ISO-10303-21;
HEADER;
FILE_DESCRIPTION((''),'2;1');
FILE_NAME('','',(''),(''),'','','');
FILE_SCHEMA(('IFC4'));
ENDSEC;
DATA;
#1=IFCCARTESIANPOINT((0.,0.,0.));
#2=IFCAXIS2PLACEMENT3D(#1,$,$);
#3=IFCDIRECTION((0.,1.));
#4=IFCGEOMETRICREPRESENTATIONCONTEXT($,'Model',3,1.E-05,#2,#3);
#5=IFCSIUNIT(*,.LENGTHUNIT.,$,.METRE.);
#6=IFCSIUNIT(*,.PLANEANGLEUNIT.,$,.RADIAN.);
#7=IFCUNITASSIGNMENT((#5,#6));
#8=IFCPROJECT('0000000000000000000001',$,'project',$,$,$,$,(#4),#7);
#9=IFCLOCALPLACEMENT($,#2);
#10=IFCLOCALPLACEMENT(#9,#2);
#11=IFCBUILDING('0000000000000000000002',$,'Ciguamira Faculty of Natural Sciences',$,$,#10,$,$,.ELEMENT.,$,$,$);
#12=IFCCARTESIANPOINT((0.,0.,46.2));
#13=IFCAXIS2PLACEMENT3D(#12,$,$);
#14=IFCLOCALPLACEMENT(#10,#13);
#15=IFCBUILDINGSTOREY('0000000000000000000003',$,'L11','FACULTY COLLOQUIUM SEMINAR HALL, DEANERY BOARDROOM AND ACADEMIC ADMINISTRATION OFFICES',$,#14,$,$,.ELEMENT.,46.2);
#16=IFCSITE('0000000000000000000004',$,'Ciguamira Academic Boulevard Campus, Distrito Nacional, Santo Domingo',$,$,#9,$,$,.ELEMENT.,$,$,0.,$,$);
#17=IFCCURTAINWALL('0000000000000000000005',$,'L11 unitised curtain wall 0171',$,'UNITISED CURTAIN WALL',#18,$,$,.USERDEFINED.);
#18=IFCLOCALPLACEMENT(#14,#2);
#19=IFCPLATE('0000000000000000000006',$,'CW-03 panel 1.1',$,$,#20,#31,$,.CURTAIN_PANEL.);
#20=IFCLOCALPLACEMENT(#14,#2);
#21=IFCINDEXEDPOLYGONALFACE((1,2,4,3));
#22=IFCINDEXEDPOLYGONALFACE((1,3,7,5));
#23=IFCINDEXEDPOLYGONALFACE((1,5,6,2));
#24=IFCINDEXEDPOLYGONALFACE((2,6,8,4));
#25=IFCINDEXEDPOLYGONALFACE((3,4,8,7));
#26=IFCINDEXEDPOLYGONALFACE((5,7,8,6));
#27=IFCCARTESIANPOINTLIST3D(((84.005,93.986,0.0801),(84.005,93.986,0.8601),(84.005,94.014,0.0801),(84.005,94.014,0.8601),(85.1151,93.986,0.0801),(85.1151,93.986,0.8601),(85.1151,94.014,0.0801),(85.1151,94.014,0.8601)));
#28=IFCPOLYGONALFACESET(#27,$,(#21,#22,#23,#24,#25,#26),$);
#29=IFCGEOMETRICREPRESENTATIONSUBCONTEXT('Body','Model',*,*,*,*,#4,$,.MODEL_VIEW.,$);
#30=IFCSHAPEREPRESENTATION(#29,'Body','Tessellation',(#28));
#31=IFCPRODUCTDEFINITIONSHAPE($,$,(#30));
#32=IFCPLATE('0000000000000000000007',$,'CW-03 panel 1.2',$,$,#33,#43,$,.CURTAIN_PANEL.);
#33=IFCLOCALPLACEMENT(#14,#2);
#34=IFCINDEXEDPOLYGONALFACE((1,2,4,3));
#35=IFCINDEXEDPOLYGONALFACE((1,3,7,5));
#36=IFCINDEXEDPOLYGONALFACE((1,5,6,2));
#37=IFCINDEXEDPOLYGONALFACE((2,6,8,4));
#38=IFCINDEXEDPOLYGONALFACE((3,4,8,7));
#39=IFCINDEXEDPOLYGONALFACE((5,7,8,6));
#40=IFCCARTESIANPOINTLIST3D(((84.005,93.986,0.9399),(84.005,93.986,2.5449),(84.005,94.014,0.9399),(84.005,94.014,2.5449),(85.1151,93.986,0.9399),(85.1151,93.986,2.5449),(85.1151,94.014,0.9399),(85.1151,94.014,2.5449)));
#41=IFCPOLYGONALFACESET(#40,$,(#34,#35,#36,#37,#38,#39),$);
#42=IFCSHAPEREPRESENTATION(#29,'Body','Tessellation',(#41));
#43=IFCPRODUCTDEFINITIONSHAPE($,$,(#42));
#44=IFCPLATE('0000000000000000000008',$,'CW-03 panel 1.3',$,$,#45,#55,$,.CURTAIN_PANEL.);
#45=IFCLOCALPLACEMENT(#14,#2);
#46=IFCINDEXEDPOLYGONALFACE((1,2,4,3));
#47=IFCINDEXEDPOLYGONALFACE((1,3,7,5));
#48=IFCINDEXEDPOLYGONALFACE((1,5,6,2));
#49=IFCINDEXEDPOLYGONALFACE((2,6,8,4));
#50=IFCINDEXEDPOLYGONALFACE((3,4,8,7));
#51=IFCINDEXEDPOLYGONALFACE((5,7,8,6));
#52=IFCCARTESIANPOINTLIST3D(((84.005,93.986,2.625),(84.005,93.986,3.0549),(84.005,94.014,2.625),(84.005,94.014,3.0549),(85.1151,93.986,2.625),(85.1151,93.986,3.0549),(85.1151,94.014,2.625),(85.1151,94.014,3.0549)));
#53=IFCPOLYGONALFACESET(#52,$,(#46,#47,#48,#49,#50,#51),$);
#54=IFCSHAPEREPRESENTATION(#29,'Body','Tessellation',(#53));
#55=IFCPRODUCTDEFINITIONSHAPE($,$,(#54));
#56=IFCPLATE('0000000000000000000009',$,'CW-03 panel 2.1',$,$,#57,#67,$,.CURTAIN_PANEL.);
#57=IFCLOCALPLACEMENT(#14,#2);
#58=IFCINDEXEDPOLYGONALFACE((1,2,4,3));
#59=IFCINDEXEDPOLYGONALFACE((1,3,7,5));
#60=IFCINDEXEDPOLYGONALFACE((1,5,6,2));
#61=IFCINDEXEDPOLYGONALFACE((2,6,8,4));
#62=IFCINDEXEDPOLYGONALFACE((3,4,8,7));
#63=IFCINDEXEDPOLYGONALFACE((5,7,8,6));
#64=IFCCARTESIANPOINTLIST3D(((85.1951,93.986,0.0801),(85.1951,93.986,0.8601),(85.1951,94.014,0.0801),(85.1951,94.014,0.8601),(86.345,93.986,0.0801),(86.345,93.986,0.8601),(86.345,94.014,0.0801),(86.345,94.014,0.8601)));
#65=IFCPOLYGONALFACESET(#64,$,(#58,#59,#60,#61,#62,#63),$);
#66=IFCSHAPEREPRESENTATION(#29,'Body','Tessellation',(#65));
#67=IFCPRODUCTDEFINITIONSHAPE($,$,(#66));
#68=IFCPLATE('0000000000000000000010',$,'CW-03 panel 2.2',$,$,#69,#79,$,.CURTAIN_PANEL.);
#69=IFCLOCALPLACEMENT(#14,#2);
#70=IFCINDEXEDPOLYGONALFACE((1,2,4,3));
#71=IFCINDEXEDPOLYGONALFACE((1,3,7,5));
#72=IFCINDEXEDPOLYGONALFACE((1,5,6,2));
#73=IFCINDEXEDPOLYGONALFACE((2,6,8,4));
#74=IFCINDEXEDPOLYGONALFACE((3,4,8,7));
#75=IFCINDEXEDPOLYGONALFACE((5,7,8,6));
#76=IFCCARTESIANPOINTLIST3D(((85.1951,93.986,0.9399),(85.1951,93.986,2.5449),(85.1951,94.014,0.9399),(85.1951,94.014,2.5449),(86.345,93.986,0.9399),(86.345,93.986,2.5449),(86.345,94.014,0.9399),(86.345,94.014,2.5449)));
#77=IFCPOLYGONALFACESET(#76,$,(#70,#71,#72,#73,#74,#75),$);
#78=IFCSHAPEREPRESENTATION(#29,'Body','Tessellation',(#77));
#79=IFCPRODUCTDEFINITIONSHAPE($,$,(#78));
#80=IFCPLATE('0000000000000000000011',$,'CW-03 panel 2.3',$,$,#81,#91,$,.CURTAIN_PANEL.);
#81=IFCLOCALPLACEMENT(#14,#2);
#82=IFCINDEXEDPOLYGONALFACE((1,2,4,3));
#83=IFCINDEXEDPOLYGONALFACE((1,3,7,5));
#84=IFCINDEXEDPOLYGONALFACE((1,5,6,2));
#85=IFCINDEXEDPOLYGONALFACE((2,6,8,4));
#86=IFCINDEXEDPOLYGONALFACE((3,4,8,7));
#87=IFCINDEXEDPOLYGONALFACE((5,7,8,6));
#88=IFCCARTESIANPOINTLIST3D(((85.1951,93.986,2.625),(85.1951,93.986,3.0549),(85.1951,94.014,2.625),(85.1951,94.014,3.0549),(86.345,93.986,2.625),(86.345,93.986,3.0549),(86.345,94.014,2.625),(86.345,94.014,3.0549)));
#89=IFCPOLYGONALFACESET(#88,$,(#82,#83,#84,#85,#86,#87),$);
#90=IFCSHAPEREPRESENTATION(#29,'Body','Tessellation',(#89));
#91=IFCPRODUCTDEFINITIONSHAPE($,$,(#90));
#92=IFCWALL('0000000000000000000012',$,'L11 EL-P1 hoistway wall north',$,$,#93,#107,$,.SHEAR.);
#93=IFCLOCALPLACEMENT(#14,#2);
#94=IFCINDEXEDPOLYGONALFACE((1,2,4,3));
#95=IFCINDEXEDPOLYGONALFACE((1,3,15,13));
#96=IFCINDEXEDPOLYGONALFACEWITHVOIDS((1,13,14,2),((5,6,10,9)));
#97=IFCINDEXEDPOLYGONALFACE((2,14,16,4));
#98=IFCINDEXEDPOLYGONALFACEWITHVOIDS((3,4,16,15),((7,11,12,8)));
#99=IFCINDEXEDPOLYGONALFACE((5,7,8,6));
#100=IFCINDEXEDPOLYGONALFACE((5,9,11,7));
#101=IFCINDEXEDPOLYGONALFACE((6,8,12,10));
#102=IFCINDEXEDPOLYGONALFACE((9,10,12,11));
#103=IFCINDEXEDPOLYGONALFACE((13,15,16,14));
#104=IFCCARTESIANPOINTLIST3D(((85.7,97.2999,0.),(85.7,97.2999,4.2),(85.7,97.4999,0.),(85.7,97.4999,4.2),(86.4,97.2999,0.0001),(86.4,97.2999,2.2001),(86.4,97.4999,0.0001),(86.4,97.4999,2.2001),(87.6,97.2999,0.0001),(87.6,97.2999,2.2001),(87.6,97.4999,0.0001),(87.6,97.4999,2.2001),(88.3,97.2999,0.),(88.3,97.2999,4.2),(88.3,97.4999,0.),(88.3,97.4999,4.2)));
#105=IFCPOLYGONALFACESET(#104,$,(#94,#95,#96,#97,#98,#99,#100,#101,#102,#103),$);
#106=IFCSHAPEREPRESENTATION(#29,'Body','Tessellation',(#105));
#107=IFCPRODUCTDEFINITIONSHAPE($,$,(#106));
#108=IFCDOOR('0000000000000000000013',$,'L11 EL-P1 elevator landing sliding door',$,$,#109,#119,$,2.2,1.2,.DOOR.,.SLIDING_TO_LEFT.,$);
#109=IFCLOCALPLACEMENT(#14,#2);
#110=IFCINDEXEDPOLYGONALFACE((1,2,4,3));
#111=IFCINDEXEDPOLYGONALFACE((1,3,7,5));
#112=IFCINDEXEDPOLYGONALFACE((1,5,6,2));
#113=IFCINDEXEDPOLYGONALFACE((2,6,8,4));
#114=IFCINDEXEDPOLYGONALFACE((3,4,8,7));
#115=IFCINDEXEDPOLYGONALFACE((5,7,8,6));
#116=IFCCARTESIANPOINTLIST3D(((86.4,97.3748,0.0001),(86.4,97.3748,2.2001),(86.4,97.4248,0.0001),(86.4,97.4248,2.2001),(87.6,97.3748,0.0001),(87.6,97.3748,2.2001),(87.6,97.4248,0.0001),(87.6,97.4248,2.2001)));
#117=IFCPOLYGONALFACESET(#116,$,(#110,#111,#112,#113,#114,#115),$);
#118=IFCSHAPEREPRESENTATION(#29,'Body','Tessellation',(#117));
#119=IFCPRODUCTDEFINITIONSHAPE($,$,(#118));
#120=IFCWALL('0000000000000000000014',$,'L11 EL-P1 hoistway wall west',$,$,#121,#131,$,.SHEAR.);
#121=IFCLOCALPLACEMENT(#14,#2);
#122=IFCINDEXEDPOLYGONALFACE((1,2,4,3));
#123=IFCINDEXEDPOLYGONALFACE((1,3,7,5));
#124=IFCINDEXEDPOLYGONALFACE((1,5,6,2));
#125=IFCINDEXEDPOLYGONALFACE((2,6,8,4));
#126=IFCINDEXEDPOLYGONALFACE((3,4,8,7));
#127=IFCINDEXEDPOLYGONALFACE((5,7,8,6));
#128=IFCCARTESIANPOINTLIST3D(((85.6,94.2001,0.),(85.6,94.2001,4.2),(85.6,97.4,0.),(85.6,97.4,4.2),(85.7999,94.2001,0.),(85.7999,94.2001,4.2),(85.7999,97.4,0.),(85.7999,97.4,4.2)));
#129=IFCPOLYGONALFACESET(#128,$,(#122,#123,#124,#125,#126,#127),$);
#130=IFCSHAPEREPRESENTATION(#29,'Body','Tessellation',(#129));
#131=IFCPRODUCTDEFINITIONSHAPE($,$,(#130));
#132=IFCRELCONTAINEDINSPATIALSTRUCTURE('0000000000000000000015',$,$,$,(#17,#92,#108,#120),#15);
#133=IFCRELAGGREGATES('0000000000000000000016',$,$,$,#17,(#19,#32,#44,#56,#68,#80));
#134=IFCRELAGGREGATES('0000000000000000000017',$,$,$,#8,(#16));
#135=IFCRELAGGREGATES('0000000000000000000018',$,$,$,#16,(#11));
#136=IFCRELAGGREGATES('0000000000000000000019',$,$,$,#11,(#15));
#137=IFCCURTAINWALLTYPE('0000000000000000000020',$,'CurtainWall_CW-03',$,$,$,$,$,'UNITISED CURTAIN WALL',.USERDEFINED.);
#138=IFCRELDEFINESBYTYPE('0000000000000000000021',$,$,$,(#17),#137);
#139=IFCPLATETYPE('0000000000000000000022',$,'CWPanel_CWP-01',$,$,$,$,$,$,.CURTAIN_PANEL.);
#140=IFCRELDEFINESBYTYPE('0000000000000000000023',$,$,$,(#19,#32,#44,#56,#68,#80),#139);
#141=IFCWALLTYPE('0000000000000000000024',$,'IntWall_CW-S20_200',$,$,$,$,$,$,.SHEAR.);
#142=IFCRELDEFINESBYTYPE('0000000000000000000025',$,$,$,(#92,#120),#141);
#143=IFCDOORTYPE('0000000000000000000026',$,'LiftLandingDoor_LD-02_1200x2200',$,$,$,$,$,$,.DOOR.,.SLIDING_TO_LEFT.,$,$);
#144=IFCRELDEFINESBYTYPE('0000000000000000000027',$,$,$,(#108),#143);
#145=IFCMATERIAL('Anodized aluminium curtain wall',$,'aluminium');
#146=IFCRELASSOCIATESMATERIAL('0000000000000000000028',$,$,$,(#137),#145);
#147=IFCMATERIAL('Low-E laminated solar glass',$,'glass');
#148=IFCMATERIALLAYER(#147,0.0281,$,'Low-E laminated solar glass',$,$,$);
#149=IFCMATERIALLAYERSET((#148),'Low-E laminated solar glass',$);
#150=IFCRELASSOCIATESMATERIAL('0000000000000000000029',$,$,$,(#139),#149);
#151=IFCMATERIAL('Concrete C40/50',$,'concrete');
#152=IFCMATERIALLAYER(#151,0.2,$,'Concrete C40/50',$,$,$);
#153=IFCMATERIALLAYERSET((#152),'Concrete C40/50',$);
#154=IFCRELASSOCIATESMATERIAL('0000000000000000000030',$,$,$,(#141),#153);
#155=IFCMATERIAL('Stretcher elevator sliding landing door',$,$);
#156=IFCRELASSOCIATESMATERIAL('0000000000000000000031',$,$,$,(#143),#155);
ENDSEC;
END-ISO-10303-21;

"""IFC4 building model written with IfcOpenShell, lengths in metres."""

from ifc_helpers import new_model, si_unit, direction, frame, frame_2d, origin, origin_2d, place, context, subcontext, project, spatial, rectangle, extrude, material, layer, layer_set, type_object, element, fill, aggregate, save


model = new_model("IFC4")

# Units and contexts
model_context = context("Model", 3, precision=1e-05, world=origin(), true_north=direction((0.0, 1.0)))
body_context = subcontext(model_context, "Body", "Model", "MODEL_VIEW")
ifc_project = project(units=[si_unit("LENGTHUNIT", "METRE"), si_unit("PLANEANGLEUNIT", "RADIAN")], contexts=[model_context])

# Site, building, storey
site_placement = place(None, origin())
site = spatial("IfcSite", under=ifc_project, at=site_placement, Name="Ciguamira Academic Boulevard Campus, Distrito Nacional, Santo Domingo", CompositionType="ELEMENT", RefElevation=0.0)
building_placement = place(site_placement, origin())
building = spatial("IfcBuilding", under=site, at=building_placement, Name="Ciguamira Faculty of Natural Sciences", CompositionType="ELEMENT")
storey_placement = place(building_placement, frame((0.0, 0.0, 46.2)))
storey = spatial("IfcBuildingStorey", under=building, at=storey_placement, Name="L11", Description="FACULTY COLLOQUIUM SEMINAR HALL, DEANERY BOARDROOM AND ACADEMIC ADMINISTRATION OFFICES", CompositionType="ELEMENT", Elevation=46.2)

# Curtain wall, plates
ifc_material_1 = material(Name="Anodized aluminium curtain wall", Category="aluminium")
curtain_wall_type = type_object("IfcCurtainWallType", Name="CurtainWall_CW-03", ElementType="UNITISED CURTAIN WALL", PredefinedType="USERDEFINED", material=ifc_material_1)
curtain_wall_placement = place(storey_placement, origin())
curtain_wall = element("IfcCurtainWall", 1, at=curtain_wall_placement, inside=storey, type_object=curtain_wall_type, Name="L11 unitised curtain wall 0171", ObjectType="UNITISED CURTAIN WALL", PredefinedType="USERDEFINED")
ifc_material_2 = material(Name="Low-E laminated solar glass", Category="glass")
ifc_layer_1 = layer(ifc_material_2, 0.0281, Name="Low-E laminated solar glass")
ifc_layer_set_1 = layer_set([ifc_layer_1], Name="Low-E laminated solar glass")
plate_type = type_object("IfcPlateType", Name="CWPanel_CWP-01", PredefinedType="CURTAIN_PANEL", material=ifc_layer_set_1)
plate_1_placement = place(storey_placement, frame((84.5601, 94.0, 0.0801), z_axis=(0.0, 0.0, 1.0), x_axis=(1.0, 0.0, 0.0)))
plate_1 = element("IfcPlate", 2, at=plate_1_placement, type_object=plate_type, Name="CW-03 panel 1.1", PredefinedType="CURTAIN_PANEL", context=body_context, shape_type="SweptSolid", body=[
    extrude(rectangle(XDim=1.1101, YDim=0.0281, at=origin_2d()), origin(), (0.0, 0.0, 1.0), 0.78),
])
plate_2_placement = place(storey_placement, frame((84.5601, 94.0, 0.9399), z_axis=(0.0, 0.0, 1.0), x_axis=(1.0, 0.0, 0.0)))
plate_2 = element("IfcPlate", 3, at=plate_2_placement, type_object=plate_type, Name="CW-03 panel 1.2", PredefinedType="CURTAIN_PANEL", context=body_context, shape_type="SweptSolid", body=[
    extrude(rectangle(XDim=1.1101, YDim=0.0281, at=origin_2d()), origin(), (0.0, 0.0, 1.0), 1.605),
])
plate_3_placement = place(storey_placement, frame((84.5601, 94.0, 2.625), z_axis=(0.0, 0.0, 1.0), x_axis=(1.0, 0.0, 0.0)))
plate_3 = element("IfcPlate", 4, at=plate_3_placement, type_object=plate_type, Name="CW-03 panel 1.3", PredefinedType="CURTAIN_PANEL", context=body_context, shape_type="SweptSolid", body=[
    extrude(rectangle(XDim=1.1101, YDim=0.0281, at=origin_2d()), origin(), (0.0, 0.0, 1.0), 0.4299),
])
plate_4_placement = place(storey_placement, frame((85.77, 94.0, 0.0801), z_axis=(0.0, 0.0, 1.0), x_axis=(1.0, 0.0, 0.0)))
plate_4 = element("IfcPlate", 5, at=plate_4_placement, type_object=plate_type, Name="CW-03 panel 2.1", PredefinedType="CURTAIN_PANEL", context=body_context, shape_type="SweptSolid", body=[
    extrude(rectangle(XDim=1.1499, YDim=0.0281, at=origin_2d()), origin(), (0.0, 0.0, 1.0), 0.78),
])
plate_5_placement = place(storey_placement, frame((85.77, 94.0, 0.9399), z_axis=(0.0, 0.0, 1.0), x_axis=(1.0, 0.0, 0.0)))
plate_5 = element("IfcPlate", 6, at=plate_5_placement, type_object=plate_type, Name="CW-03 panel 2.2", PredefinedType="CURTAIN_PANEL", context=body_context, shape_type="SweptSolid", body=[
    extrude(rectangle(XDim=1.1499, YDim=0.0281, at=origin_2d()), origin(), (0.0, 0.0, 1.0), 1.605),
])
plate_6_placement = place(storey_placement, frame((85.77, 94.0, 2.625), z_axis=(0.0, 0.0, 1.0), x_axis=(1.0, 0.0, 0.0)))
plate_6 = element("IfcPlate", 7, at=plate_6_placement, type_object=plate_type, Name="CW-03 panel 2.3", PredefinedType="CURTAIN_PANEL", context=body_context, shape_type="SweptSolid", body=[
    extrude(rectangle(XDim=1.1499, YDim=0.0281, at=origin_2d()), origin(), (0.0, 0.0, 1.0), 0.4299),
])
aggregate(curtain_wall, [plate_1, plate_2, plate_3, plate_4, plate_5, plate_6])

# Wall, opening, door
ifc_material_3 = material(Name="Concrete C40/50", Category="concrete")
ifc_layer_2 = layer(ifc_material_3, 0.2, Name="Concrete C40/50")
ifc_layer_set_2 = layer_set([ifc_layer_2], Name="Concrete C40/50")
wall_type = type_object("IfcWallType", Name="IntWall_CW-S20_200", PredefinedType="SHEAR", material=ifc_layer_set_2)
wall_1_placement = place(storey_placement, frame((85.7, 97.3999, 0.0), z_axis=(0.0, 0.0, 1.0), x_axis=(1.0, 0.0, 0.0)))
wall_1 = element("IfcWall", 8, at=wall_1_placement, inside=storey, type_object=wall_type, Name="L11 EL-P1 hoistway wall north", PredefinedType="SHEAR", context=body_context, shape_type="SweptSolid", body=[
    extrude(rectangle(XDim=2.6001, YDim=0.2, at=frame_2d((1.3, 0.0))), origin(), (0.0, 0.0, 1.0), 4.2),
])
opening_placement = place(wall_1_placement, frame((0.7, 0.0, 0.0)))
opening = element("IfcOpeningElement", 9, at=opening_placement, cuts=wall_1, PredefinedType="OPENING", context=body_context, shape_type="SweptSolid", body=[
    extrude(rectangle(XDim=1.2, YDim=2.2, at=frame_2d((0.6001, 1.1001))), frame((0.0, 0.1099, 0.0), z_axis=(0.0, -1.0, 0.0), x_axis=(1.0, 0.0, 0.0)), (0.0, 0.0, 1.0), 0.22),
])
ifc_material_4 = material(Name="Stretcher elevator sliding landing door")
door_type = type_object("IfcDoorType", Name="LiftLandingDoor_LD-02_1200x2200", OperationType="SLIDING_TO_LEFT", PredefinedType="DOOR", material=ifc_material_4)
door_placement = place(opening_placement, origin())
door = element("IfcDoor", 10, at=door_placement, inside=storey, type_object=door_type, Name="L11 EL-P1 elevator landing sliding door", OperationType="SLIDING_TO_LEFT", OverallHeight=2.2, OverallWidth=1.2, PredefinedType="DOOR", context=body_context, shape_type="SweptSolid", body=[
    extrude(rectangle(XDim=1.2, YDim=2.2, at=frame_2d((0.6001, 1.1001))), frame((0.0, 0.0249, 0.0), z_axis=(0.0, -1.0, 0.0), x_axis=(1.0, 0.0, 0.0)), (0.0, 0.0, 1.0), 0.05),
])
fill(opening, door)

# Wall
wall_2_placement = place(storey_placement, frame((85.7, 94.2, 0.0), z_axis=(0.0, 0.0, 1.0), x_axis=(0.0, 1.0, 0.0)))
element("IfcWall", 11, at=wall_2_placement, inside=storey, type_object=wall_type, Name="L11 EL-P1 hoistway wall west", PredefinedType="SHEAR", context=body_context, shape_type="SweptSolid", body=[
    extrude(rectangle(XDim=3.2, YDim=0.2, at=frame_2d((1.6001, 0.0))), origin(), (0.0, 0.0, 1.0), 4.2),
])

save(model, "model.ifc")
